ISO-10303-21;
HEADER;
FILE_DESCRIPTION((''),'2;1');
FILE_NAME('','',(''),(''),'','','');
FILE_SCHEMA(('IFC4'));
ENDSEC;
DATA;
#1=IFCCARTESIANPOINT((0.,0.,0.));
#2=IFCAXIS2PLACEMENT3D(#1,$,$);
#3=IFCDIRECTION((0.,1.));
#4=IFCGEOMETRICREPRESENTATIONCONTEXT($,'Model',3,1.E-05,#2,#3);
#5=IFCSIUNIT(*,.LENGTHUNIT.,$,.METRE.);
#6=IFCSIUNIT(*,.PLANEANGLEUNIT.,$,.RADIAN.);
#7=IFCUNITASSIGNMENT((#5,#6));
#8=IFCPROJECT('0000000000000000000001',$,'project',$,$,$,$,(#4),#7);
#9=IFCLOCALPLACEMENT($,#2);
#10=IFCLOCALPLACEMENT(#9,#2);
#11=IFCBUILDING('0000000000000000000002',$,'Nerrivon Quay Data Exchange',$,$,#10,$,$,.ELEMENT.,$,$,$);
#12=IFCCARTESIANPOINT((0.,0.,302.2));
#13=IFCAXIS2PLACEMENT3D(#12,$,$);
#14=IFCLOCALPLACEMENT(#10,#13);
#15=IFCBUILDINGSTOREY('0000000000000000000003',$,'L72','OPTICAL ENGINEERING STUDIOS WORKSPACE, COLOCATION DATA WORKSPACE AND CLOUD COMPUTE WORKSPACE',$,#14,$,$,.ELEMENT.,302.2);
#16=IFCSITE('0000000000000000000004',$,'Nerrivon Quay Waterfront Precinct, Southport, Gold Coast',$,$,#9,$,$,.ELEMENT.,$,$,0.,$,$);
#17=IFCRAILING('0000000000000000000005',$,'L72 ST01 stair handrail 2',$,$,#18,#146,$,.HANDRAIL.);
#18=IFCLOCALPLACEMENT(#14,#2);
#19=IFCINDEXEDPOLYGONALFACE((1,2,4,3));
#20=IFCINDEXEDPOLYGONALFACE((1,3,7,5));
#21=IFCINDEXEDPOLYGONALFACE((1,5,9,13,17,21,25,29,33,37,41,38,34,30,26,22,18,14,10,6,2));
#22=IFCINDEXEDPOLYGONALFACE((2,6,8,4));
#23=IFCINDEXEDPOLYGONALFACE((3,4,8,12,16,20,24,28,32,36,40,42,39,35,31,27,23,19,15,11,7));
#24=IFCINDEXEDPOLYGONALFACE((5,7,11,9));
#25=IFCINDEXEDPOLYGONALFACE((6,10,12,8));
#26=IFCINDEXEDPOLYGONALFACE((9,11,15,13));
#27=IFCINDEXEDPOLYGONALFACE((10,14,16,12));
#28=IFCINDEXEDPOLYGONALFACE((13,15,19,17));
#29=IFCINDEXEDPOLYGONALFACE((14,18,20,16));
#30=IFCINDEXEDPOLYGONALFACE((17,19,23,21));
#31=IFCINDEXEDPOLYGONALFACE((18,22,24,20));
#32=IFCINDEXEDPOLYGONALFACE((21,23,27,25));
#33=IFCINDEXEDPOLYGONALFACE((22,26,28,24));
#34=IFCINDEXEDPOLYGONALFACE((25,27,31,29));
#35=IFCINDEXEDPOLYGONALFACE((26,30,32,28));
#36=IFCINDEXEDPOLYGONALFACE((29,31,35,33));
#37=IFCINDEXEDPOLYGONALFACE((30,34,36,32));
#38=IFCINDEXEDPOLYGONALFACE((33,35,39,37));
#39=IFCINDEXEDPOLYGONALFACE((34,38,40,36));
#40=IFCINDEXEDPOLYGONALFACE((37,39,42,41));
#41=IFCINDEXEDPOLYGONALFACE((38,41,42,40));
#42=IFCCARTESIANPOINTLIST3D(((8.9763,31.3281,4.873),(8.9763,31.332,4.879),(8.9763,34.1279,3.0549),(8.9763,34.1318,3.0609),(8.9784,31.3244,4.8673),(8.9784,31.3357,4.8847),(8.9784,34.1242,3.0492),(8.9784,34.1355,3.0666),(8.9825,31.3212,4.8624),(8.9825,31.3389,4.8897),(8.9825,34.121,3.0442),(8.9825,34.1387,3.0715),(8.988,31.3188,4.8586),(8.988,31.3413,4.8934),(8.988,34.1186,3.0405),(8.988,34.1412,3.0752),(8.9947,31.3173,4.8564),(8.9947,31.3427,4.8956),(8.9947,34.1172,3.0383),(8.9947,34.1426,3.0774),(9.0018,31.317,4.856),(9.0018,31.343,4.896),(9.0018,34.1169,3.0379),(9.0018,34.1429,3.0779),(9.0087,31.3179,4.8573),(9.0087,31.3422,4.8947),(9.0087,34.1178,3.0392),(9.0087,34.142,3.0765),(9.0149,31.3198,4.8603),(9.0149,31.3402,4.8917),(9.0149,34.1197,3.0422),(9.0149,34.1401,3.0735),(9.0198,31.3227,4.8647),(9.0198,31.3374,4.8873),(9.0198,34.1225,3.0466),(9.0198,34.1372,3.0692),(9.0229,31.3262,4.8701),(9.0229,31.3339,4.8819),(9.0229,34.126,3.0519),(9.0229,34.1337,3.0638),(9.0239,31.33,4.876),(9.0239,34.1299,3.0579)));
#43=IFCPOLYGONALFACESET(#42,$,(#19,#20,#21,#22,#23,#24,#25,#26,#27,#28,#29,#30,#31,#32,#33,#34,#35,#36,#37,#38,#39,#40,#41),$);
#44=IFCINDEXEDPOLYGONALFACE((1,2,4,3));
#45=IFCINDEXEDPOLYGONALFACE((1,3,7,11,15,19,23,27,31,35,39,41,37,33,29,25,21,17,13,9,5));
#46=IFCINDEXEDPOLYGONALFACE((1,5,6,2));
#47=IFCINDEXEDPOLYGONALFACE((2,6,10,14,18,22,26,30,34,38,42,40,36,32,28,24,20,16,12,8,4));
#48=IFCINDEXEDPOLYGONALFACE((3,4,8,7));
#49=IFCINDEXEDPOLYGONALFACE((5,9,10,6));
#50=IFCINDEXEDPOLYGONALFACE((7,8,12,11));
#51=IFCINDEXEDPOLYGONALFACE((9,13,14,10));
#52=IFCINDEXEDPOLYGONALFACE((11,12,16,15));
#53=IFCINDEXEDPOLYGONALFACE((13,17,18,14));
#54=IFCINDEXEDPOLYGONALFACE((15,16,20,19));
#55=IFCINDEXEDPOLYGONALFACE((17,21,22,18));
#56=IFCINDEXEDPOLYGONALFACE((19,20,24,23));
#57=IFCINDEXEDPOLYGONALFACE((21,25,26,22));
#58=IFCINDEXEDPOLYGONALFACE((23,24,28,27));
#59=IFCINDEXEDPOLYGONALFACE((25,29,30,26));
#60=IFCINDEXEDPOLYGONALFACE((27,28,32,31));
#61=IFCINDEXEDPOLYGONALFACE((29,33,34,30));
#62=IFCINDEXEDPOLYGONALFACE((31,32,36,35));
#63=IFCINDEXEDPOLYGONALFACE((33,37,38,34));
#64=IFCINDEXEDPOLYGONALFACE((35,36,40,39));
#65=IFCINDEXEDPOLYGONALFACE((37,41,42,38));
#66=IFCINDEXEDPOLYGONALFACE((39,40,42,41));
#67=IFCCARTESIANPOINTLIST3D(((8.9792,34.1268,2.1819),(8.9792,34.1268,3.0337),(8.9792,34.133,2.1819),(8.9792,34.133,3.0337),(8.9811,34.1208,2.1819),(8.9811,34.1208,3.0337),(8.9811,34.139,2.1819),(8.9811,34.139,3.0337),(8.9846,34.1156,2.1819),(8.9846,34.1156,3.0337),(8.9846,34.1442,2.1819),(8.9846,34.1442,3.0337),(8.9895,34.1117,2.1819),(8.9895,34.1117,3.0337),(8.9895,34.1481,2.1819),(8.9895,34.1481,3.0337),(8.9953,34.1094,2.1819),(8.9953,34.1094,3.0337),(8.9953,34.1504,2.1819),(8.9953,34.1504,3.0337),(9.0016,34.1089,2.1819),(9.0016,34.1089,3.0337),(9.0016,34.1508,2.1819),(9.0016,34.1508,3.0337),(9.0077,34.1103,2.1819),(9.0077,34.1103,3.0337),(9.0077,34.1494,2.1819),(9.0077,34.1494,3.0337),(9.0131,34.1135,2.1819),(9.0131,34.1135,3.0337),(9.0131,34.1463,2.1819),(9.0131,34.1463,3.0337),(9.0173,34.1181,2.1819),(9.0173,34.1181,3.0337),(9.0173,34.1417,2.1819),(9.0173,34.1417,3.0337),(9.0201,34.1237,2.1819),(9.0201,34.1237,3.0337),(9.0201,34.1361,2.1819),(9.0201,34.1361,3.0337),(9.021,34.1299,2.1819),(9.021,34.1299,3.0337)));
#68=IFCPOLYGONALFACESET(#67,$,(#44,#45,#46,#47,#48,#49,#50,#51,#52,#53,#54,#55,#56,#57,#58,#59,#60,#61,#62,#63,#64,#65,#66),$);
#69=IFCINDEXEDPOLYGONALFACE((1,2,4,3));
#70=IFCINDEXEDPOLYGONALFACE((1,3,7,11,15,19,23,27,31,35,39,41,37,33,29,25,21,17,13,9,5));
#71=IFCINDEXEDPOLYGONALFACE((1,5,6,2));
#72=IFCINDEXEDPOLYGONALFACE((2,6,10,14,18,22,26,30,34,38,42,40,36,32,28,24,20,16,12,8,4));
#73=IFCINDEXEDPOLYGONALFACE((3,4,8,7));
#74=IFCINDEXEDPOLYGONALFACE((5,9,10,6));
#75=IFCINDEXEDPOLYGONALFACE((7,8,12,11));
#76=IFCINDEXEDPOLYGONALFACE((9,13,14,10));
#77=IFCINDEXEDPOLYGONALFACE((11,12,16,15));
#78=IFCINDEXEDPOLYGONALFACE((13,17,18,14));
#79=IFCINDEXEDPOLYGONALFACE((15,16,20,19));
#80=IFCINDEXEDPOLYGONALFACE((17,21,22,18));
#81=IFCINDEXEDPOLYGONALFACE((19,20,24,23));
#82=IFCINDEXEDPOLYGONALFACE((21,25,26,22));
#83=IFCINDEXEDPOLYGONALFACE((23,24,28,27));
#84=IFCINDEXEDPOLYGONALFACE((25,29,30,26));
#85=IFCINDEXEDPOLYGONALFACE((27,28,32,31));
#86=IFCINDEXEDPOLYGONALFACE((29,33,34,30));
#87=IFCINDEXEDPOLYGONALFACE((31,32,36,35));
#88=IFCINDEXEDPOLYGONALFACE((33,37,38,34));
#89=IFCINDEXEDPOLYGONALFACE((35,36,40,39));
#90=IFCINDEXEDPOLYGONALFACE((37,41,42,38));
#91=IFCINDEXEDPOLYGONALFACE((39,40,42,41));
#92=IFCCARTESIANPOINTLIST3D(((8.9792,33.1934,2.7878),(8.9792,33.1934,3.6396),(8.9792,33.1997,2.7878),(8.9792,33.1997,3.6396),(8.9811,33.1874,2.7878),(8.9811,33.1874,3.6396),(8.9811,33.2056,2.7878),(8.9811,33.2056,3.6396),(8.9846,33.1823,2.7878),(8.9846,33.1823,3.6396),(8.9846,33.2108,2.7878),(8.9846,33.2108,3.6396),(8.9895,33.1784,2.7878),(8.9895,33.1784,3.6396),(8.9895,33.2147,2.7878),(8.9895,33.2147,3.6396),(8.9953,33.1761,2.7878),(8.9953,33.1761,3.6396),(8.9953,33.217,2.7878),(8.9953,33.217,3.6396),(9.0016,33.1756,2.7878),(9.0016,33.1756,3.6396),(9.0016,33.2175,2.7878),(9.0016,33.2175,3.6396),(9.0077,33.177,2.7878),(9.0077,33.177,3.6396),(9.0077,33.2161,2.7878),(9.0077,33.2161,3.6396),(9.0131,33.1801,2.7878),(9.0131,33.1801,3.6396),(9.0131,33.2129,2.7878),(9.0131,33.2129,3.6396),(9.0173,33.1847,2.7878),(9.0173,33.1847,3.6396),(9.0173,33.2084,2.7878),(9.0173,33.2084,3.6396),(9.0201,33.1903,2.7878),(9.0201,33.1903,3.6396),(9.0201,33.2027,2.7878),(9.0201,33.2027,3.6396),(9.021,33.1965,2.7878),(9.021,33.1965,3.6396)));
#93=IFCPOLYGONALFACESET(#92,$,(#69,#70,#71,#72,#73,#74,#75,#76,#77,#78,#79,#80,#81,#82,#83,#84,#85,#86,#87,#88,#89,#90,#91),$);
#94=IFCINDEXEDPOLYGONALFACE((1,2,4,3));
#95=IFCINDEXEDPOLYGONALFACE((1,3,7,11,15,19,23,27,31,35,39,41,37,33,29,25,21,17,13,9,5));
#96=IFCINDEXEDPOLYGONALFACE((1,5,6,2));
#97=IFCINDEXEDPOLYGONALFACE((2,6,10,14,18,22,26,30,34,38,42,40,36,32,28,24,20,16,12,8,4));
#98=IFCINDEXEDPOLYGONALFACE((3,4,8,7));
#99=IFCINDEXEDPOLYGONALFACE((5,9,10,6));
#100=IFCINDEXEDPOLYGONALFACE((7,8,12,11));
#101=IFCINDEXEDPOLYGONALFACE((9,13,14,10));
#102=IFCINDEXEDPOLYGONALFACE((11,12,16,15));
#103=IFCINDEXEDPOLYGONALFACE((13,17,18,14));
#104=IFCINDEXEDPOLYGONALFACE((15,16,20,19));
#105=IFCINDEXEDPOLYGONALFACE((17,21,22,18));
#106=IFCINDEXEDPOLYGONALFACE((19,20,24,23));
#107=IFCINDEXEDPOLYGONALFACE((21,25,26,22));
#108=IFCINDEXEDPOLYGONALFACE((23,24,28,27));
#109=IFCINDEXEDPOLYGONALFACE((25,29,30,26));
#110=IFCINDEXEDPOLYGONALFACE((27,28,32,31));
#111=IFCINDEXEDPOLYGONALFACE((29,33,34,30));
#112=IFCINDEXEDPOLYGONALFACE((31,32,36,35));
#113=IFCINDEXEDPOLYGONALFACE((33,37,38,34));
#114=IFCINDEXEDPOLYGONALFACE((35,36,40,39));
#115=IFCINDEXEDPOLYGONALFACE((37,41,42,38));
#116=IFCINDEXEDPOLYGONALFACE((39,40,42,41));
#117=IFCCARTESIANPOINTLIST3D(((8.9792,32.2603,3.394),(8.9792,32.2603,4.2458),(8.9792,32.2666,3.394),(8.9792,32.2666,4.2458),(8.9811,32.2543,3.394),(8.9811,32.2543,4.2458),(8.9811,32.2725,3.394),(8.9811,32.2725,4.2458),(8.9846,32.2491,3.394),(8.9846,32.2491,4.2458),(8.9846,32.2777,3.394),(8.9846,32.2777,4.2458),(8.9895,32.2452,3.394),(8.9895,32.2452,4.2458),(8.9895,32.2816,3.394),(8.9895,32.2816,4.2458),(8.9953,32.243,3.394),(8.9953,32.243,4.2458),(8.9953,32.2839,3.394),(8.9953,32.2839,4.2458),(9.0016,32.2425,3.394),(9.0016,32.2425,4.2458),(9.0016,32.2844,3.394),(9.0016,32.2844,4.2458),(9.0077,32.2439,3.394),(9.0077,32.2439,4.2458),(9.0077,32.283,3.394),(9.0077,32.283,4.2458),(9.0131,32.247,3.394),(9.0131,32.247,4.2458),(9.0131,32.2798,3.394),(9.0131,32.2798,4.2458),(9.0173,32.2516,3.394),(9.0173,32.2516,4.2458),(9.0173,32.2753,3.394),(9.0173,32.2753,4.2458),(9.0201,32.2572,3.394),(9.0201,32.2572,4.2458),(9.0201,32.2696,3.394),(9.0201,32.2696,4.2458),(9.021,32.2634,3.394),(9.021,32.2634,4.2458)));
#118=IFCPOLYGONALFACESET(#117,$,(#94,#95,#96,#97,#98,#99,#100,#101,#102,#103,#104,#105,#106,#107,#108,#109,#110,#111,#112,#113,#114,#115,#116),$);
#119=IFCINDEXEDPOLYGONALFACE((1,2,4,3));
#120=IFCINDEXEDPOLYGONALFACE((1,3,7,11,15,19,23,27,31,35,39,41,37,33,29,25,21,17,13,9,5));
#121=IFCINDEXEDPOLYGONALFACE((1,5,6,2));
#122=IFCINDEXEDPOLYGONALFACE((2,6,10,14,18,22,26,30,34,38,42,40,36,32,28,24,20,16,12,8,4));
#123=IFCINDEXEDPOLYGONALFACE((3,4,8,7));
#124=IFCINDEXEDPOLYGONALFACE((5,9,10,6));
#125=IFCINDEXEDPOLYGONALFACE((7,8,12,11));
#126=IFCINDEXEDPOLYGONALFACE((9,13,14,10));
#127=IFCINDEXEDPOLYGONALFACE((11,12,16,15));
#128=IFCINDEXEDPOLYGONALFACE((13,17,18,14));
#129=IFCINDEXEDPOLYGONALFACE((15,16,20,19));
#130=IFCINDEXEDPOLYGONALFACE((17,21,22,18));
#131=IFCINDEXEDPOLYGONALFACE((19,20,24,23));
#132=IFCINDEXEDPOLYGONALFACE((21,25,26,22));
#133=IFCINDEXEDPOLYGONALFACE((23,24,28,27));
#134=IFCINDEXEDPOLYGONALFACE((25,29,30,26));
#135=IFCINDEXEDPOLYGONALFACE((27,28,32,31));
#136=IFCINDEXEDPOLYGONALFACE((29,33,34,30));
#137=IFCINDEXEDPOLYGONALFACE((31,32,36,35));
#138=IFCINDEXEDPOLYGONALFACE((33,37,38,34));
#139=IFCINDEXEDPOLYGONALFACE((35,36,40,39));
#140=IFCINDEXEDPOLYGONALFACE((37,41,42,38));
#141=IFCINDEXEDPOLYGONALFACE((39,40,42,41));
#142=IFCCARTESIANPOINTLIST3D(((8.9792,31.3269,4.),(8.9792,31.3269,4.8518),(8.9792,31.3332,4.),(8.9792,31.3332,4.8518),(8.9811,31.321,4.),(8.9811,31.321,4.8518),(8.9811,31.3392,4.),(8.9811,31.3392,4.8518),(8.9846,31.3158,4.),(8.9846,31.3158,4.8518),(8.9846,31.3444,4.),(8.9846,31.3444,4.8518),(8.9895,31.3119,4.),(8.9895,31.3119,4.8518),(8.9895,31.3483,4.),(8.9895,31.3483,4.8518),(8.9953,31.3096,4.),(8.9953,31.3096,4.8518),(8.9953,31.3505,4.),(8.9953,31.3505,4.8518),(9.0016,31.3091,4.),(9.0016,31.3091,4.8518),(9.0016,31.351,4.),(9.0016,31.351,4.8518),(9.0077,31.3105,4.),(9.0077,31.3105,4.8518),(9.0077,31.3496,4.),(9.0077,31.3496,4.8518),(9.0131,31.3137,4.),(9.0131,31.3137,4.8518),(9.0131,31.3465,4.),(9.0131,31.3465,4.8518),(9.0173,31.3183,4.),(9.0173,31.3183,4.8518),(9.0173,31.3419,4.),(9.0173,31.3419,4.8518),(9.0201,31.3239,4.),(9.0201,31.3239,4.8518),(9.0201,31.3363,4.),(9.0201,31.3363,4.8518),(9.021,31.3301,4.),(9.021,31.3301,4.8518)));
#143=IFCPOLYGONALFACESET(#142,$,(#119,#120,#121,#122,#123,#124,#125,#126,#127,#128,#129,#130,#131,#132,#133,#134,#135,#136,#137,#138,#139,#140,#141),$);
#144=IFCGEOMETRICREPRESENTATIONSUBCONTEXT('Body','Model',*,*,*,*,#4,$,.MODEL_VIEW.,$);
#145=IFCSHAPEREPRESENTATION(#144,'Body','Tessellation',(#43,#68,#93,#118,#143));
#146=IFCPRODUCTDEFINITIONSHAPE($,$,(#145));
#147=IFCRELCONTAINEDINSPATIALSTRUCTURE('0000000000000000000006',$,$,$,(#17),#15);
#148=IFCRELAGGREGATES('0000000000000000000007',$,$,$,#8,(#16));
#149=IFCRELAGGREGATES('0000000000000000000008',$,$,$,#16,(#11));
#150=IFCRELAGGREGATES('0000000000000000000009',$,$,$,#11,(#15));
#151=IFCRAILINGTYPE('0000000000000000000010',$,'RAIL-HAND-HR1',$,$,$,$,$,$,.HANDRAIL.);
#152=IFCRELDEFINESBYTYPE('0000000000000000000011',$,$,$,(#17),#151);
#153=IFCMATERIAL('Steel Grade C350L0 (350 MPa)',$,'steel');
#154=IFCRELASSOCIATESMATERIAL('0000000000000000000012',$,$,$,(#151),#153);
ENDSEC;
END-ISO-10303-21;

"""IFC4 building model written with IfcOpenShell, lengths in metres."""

from ifc_helpers import new_model, si_unit, direction, frame, origin, origin_2d, place, context, subcontext, project, spatial, circle, extrude, material, type_object, element, save


model = new_model("IFC4")

# Units and contexts
model_context = context("Model", 3, precision=1e-05, world=origin(), true_north=direction((0.0, 1.0)))
body_context = subcontext(model_context, "Body", "Model", "MODEL_VIEW")
ifc_project = project(units=[si_unit("LENGTHUNIT", "METRE"), si_unit("PLANEANGLEUNIT", "RADIAN")], contexts=[model_context])

# Site, building, storey
site_placement = place(None, origin())
site = spatial("IfcSite", under=ifc_project, at=site_placement, Name="Nerrivon Quay Waterfront Precinct, Southport, Gold Coast", CompositionType="ELEMENT", RefElevation=0.0)
building_placement = place(site_placement, origin())
building = spatial("IfcBuilding", under=site, at=building_placement, Name="Nerrivon Quay Data Exchange", CompositionType="ELEMENT")
storey_placement = place(building_placement, frame((0.0, 0.0, 302.2)))
storey = spatial("IfcBuildingStorey", under=building, at=storey_placement, Name="L72", Description="OPTICAL ENGINEERING STUDIOS WORKSPACE, COLOCATION DATA WORKSPACE AND CLOUD COMPUTE WORKSPACE", CompositionType="ELEMENT", Elevation=302.2)

# Shared definitions
ifc_material_1 = material(Name="Steel Grade C350L0 (350 MPa)", Category="steel")

# Railing
railing_type_1 = type_object("IfcRailingType", Name="RAIL-HAND-HR1", PredefinedType="HANDRAIL", material=ifc_material_1)
railing_1_placement = place(storey_placement, frame((9.0, 34.1299, 2.1819)))
element("IfcRailing", 1, at=railing_1_placement, inside=storey, type_object=railing_type_1, Name="L72 ST01 stair handrail 2", PredefinedType="HANDRAIL", context=body_context, shape_type="SweptSolid", body=[
    extrude(circle(Radius=0.0239, at=origin_2d()), frame((0.0, 0.0, 0.876), z_axis=(0.0, -0.838684, 0.544618), x_axis=(1.0, 0.0, 0.0)), (0.0, 0.0, 1.0), 3.3384),
    extrude(circle(Radius=0.021, at=origin_2d()), origin(), (0.0, 0.0, 1.0), 0.8518),
    extrude(circle(Radius=0.021, at=origin_2d()), frame((0.0, -0.9333, 0.606)), (0.0, 0.0, 1.0), 0.8518),
    extrude(circle(Radius=0.021, at=origin_2d()), frame((0.0, -1.8665, 1.2122)), (0.0, 0.0, 1.0), 0.8518),
    extrude(circle(Radius=0.021, at=origin_2d()), frame((0.0, -2.7998, 1.8181)), (0.0, 0.0, 1.0), 0.8518),
])

save(model, "model.ifc")
